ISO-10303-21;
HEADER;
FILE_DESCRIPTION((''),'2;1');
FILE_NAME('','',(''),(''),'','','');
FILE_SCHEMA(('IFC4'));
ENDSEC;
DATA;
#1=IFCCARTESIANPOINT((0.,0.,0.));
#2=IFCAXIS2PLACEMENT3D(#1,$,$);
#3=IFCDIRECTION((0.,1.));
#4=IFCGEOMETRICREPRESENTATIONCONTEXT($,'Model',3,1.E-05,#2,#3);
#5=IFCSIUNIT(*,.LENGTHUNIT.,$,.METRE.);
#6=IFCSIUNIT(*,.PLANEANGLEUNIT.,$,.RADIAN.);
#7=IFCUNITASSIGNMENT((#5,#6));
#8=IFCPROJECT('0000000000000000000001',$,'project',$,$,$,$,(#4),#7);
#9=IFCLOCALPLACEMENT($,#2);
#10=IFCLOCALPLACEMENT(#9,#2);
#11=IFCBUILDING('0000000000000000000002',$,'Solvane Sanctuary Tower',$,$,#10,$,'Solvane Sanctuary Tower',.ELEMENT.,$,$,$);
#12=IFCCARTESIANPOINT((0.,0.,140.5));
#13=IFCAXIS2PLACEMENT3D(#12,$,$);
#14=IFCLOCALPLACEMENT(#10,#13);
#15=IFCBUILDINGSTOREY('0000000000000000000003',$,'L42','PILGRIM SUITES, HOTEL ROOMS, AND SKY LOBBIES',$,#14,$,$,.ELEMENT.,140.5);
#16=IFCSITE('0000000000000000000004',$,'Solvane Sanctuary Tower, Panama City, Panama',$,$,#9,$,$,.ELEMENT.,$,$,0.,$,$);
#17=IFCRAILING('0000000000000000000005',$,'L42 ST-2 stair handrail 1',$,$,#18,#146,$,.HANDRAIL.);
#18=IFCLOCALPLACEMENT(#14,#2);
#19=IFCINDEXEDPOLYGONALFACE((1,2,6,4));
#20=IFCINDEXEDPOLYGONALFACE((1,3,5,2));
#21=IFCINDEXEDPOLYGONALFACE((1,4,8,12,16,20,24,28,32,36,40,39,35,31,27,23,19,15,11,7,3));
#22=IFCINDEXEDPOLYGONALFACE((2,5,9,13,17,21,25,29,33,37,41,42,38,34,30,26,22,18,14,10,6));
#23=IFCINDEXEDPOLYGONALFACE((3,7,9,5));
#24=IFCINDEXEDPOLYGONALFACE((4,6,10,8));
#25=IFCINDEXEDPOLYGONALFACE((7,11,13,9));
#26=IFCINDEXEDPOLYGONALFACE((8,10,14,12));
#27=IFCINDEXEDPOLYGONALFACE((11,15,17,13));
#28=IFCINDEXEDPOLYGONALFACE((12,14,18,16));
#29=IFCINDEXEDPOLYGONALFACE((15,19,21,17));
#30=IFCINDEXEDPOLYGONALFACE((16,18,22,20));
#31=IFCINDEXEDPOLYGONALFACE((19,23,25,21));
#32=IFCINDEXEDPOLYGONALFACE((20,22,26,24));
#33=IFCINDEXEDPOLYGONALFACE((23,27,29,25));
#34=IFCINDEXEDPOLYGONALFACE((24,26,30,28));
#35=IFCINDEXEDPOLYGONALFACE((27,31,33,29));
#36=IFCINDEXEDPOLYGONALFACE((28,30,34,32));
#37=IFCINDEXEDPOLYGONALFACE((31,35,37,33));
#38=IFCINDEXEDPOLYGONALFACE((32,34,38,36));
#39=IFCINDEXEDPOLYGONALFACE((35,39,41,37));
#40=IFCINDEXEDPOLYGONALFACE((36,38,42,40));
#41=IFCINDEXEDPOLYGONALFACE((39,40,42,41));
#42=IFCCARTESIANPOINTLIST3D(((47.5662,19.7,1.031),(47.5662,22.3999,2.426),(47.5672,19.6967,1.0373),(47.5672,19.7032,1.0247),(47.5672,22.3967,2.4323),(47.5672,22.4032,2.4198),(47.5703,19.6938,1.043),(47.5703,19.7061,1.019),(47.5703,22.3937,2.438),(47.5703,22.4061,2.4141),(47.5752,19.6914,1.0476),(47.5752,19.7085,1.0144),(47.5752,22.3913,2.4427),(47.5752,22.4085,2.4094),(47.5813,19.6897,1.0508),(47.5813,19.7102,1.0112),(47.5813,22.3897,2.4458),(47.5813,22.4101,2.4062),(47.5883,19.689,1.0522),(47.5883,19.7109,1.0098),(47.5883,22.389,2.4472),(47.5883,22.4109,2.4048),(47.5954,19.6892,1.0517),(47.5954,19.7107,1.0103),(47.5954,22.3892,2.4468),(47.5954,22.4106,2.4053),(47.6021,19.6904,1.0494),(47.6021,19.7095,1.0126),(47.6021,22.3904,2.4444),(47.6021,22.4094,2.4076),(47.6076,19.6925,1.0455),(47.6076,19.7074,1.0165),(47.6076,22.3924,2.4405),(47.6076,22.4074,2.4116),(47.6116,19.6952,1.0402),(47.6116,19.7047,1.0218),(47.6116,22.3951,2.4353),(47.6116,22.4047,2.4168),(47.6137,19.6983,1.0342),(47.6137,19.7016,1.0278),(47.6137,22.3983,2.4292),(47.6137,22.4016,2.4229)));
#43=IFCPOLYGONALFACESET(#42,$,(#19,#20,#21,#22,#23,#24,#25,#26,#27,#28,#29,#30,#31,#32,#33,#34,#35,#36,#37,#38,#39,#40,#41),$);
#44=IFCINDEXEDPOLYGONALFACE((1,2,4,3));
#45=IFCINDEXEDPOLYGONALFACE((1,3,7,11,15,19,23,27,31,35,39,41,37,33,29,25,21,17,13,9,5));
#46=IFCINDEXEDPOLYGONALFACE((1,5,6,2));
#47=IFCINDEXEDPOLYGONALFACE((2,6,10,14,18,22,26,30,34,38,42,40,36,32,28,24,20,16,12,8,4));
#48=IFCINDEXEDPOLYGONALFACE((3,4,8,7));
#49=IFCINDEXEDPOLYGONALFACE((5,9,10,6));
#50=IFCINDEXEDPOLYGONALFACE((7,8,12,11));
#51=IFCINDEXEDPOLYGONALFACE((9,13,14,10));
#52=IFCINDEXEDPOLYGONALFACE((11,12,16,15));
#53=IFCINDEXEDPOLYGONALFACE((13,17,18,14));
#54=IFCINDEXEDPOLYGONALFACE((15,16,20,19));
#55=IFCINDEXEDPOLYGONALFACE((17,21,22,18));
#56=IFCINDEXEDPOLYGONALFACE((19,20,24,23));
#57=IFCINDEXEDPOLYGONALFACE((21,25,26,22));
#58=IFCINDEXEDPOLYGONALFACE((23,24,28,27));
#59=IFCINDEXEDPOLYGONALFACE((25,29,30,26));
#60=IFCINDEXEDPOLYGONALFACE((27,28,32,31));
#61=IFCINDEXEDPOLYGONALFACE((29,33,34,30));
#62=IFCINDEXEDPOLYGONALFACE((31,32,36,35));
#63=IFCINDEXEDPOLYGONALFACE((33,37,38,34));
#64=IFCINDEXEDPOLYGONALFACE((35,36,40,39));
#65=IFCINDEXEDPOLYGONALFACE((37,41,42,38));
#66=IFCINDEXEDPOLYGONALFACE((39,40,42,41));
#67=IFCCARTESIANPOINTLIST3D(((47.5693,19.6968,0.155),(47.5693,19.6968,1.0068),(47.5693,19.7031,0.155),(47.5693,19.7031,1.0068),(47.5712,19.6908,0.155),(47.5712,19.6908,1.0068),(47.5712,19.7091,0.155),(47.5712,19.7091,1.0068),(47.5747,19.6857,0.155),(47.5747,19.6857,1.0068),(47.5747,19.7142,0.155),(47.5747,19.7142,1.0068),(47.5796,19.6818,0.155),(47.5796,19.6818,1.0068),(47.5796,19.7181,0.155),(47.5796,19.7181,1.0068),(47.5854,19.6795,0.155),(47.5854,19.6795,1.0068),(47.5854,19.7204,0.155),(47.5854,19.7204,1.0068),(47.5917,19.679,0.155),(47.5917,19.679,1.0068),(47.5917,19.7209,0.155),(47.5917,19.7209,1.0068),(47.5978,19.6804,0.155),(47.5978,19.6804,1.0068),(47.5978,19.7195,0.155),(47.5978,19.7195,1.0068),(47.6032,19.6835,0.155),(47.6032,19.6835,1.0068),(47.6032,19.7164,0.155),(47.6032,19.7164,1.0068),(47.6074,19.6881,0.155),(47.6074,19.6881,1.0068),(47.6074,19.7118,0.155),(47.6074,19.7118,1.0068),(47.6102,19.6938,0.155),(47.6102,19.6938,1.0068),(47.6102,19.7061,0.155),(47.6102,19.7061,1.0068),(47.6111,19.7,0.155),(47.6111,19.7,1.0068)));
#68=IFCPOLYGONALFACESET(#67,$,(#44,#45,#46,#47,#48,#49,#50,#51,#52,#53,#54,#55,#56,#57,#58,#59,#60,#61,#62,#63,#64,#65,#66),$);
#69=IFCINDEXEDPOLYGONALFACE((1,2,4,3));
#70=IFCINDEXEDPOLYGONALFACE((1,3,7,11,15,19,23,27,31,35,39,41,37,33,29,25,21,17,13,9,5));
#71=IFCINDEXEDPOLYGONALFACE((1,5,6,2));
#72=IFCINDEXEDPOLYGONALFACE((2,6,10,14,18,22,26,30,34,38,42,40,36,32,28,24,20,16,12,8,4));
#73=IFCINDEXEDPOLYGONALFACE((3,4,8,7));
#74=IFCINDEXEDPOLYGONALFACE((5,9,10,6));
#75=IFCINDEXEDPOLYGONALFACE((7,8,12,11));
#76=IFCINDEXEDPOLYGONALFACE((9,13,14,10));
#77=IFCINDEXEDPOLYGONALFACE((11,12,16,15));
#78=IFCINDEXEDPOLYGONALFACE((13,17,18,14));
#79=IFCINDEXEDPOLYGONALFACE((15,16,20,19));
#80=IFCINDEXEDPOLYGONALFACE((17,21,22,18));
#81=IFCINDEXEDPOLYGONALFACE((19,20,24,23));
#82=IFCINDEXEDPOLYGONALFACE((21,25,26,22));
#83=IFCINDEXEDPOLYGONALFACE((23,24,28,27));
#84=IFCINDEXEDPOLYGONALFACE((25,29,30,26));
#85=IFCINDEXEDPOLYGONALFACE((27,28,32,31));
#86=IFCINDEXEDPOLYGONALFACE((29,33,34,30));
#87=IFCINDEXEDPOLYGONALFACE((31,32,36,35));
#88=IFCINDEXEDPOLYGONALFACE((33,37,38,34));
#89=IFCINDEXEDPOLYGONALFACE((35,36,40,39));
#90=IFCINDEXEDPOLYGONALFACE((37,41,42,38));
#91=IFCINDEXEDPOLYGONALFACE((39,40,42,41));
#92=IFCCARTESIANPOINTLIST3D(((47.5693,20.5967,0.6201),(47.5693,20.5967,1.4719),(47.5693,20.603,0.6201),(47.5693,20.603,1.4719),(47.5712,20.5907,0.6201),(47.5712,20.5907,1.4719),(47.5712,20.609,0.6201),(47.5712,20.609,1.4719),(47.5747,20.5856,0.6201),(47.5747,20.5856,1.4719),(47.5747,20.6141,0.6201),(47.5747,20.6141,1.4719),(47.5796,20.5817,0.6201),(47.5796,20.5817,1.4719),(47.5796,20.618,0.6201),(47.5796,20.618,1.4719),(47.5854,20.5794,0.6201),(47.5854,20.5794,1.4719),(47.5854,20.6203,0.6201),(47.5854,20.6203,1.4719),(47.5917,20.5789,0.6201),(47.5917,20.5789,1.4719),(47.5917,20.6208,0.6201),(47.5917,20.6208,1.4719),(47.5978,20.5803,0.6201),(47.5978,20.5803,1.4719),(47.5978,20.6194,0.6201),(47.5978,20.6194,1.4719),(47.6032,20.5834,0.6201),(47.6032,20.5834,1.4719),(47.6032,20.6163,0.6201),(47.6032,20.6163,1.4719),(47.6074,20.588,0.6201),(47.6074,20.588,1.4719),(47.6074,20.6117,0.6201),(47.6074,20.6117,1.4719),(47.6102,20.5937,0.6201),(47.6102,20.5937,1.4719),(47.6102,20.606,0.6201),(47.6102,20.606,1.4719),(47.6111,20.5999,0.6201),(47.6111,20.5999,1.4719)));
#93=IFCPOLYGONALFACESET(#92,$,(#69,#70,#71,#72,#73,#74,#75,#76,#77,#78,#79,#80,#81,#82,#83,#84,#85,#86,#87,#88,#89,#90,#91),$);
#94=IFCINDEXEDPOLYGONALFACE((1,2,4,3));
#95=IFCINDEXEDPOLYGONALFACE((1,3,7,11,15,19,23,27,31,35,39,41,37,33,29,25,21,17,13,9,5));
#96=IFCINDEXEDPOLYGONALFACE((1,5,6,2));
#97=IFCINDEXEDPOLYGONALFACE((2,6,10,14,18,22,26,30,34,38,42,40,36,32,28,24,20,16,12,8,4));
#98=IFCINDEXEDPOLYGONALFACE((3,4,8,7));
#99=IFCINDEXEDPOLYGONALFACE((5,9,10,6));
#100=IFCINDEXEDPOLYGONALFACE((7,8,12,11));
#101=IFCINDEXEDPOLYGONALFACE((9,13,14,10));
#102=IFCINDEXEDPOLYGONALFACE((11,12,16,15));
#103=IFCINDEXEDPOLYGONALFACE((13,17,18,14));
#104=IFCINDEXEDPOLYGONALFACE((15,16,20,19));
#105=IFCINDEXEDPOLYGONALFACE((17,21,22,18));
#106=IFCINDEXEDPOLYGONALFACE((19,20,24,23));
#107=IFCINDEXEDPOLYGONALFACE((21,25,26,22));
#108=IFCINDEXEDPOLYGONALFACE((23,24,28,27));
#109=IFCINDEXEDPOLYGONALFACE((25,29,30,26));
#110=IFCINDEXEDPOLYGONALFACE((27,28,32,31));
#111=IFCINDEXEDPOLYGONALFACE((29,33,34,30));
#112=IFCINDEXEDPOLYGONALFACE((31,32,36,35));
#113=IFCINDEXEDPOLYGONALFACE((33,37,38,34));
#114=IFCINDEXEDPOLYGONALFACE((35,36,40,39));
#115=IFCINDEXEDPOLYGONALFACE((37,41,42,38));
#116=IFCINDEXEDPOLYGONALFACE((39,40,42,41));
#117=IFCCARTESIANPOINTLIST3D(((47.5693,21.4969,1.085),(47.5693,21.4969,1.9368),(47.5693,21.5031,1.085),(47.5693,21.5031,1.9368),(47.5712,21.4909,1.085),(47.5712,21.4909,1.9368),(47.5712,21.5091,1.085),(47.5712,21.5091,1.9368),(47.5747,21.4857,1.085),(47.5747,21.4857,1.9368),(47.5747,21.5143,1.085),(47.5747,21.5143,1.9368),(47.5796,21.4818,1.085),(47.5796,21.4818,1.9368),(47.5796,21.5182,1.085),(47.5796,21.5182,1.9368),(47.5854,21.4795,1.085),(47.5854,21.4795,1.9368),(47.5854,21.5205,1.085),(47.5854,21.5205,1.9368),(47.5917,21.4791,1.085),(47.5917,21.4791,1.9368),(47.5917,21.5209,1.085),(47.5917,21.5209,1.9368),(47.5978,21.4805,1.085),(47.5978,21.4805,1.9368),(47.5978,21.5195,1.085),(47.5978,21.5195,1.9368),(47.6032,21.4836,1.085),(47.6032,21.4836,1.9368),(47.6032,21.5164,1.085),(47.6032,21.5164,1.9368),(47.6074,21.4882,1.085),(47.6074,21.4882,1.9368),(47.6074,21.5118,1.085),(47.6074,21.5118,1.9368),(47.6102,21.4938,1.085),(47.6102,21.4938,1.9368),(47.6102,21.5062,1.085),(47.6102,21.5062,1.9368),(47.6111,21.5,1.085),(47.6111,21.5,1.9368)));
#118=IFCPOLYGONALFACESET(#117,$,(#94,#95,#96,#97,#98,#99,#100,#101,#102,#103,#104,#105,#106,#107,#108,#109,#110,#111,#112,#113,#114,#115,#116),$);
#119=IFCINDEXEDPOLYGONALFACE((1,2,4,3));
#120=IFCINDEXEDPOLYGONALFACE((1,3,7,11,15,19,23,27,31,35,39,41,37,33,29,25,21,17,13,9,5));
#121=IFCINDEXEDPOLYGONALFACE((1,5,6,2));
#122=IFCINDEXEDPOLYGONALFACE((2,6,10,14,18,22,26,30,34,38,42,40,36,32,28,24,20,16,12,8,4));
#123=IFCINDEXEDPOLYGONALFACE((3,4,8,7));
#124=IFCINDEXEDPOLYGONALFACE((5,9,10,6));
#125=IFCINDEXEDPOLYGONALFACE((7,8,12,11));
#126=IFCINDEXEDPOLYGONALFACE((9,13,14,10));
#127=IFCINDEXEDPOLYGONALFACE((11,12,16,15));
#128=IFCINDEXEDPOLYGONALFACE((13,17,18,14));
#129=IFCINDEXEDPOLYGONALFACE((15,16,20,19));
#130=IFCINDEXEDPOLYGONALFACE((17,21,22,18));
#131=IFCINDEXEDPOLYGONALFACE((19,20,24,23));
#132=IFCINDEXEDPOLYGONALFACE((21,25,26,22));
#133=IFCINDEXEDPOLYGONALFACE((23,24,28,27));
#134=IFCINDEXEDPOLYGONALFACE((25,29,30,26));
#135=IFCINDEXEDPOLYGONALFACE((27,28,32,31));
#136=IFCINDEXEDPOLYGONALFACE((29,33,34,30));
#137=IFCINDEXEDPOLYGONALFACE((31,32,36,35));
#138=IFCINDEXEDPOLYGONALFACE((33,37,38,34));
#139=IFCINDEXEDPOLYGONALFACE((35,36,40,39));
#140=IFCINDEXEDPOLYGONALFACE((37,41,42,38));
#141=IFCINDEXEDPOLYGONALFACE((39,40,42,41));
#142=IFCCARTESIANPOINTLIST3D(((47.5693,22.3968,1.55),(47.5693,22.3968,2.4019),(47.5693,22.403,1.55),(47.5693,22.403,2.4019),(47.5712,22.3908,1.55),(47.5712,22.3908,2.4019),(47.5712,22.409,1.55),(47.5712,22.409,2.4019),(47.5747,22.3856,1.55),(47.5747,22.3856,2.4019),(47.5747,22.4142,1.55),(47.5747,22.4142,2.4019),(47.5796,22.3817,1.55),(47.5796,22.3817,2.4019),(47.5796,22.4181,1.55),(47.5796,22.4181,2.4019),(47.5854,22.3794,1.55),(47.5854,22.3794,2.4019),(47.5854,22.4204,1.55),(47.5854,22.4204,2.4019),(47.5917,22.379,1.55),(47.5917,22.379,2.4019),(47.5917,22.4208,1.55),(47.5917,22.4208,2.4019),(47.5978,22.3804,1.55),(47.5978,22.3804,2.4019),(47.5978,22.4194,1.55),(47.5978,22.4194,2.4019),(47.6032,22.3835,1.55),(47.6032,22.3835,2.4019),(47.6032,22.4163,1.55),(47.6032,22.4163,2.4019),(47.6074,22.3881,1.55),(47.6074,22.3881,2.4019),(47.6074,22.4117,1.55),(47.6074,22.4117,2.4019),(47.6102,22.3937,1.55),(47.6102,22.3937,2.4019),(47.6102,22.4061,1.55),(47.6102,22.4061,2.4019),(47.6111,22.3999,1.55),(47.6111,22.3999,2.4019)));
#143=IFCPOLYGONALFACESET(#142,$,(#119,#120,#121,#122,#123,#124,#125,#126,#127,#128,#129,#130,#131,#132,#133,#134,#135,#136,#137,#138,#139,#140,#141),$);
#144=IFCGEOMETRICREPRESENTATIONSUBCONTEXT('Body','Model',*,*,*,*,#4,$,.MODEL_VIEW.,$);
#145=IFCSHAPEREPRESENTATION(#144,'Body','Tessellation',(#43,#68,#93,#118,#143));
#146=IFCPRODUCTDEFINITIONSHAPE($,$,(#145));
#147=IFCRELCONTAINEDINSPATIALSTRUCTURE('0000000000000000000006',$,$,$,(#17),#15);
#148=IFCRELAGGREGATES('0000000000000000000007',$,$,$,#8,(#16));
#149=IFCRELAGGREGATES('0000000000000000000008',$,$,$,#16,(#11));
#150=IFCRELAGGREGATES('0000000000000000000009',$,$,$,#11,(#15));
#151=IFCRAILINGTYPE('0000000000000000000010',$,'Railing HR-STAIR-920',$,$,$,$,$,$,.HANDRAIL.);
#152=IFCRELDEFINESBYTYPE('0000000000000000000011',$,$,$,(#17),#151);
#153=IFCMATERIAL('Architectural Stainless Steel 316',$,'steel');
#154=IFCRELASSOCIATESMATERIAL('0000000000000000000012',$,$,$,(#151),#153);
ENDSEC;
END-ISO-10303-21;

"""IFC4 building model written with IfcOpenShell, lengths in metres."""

from ifc_helpers import new_model, si_unit, direction, frame, origin, origin_2d, place, context, subcontext, project, spatial, circle, extrude, material, type_object, element, save


model = new_model("IFC4")

# Units and contexts
model_context = context("Model", 3, precision=1e-05, world=origin(), true_north=direction((0.0, 1.0)))
body_context = subcontext(model_context, "Body", "Model", "MODEL_VIEW")
ifc_project = project(units=[si_unit("LENGTHUNIT", "METRE"), si_unit("PLANEANGLEUNIT", "RADIAN")], contexts=[model_context])

# Site, building, storey
site_placement = place(None, origin())
site = spatial("IfcSite", under=ifc_project, at=site_placement, Name="Solvane Sanctuary Tower, Panama City, Panama", CompositionType="ELEMENT", RefElevation=0.0)
building_placement = place(site_placement, origin())
building = spatial("IfcBuilding", under=site, at=building_placement, Name="Solvane Sanctuary Tower", LongName="Solvane Sanctuary Tower", CompositionType="ELEMENT")
storey_placement = place(building_placement, frame((0.0, 0.0, 140.5)))
storey = spatial("IfcBuildingStorey", under=building, at=storey_placement, Name="L42", Description="PILGRIM SUITES, HOTEL ROOMS, AND SKY LOBBIES", CompositionType="ELEMENT", Elevation=140.5)

# Shared definitions
ifc_material_1 = material(Name="Architectural Stainless Steel 316", Category="steel")

# Railing
railing_type_1 = type_object("IfcRailingType", Name="Railing HR-STAIR-920", PredefinedType="HANDRAIL", material=ifc_material_1)
railing_1_placement = place(storey_placement, frame((47.5901, 19.7, 0.155)))
element("IfcRailing", 1, at=railing_1_placement, inside=storey, type_object=railing_type_1, Name="L42 ST-2 stair handrail 1", PredefinedType="HANDRAIL", context=body_context, shape_type="SweptSolid", body=[
    extrude(circle(Radius=0.0239, at=origin_2d()), frame((0.0, 0.0, 0.876), z_axis=(0.0, 0.88842, 0.459032), x_axis=(-1.0, 0.0, 0.0)), (0.0, 0.0, 1.0), 3.0391),
    extrude(circle(Radius=0.021, at=origin_2d()), origin(), (0.0, 0.0, 1.0), 0.8518),
    extrude(circle(Radius=0.021, at=origin_2d()), frame((0.0, 0.8999, 0.4651)), (0.0, 0.0, 1.0), 0.8518),
    extrude(circle(Radius=0.021, at=origin_2d()), frame((0.0, 1.8, 0.9299)), (0.0, 0.0, 1.0), 0.8518),
    extrude(circle(Radius=0.021, at=origin_2d()), frame((0.0, 2.7, 1.395)), (0.0, 0.0, 1.0), 0.8518),
])

save(model, "model.ifc")
